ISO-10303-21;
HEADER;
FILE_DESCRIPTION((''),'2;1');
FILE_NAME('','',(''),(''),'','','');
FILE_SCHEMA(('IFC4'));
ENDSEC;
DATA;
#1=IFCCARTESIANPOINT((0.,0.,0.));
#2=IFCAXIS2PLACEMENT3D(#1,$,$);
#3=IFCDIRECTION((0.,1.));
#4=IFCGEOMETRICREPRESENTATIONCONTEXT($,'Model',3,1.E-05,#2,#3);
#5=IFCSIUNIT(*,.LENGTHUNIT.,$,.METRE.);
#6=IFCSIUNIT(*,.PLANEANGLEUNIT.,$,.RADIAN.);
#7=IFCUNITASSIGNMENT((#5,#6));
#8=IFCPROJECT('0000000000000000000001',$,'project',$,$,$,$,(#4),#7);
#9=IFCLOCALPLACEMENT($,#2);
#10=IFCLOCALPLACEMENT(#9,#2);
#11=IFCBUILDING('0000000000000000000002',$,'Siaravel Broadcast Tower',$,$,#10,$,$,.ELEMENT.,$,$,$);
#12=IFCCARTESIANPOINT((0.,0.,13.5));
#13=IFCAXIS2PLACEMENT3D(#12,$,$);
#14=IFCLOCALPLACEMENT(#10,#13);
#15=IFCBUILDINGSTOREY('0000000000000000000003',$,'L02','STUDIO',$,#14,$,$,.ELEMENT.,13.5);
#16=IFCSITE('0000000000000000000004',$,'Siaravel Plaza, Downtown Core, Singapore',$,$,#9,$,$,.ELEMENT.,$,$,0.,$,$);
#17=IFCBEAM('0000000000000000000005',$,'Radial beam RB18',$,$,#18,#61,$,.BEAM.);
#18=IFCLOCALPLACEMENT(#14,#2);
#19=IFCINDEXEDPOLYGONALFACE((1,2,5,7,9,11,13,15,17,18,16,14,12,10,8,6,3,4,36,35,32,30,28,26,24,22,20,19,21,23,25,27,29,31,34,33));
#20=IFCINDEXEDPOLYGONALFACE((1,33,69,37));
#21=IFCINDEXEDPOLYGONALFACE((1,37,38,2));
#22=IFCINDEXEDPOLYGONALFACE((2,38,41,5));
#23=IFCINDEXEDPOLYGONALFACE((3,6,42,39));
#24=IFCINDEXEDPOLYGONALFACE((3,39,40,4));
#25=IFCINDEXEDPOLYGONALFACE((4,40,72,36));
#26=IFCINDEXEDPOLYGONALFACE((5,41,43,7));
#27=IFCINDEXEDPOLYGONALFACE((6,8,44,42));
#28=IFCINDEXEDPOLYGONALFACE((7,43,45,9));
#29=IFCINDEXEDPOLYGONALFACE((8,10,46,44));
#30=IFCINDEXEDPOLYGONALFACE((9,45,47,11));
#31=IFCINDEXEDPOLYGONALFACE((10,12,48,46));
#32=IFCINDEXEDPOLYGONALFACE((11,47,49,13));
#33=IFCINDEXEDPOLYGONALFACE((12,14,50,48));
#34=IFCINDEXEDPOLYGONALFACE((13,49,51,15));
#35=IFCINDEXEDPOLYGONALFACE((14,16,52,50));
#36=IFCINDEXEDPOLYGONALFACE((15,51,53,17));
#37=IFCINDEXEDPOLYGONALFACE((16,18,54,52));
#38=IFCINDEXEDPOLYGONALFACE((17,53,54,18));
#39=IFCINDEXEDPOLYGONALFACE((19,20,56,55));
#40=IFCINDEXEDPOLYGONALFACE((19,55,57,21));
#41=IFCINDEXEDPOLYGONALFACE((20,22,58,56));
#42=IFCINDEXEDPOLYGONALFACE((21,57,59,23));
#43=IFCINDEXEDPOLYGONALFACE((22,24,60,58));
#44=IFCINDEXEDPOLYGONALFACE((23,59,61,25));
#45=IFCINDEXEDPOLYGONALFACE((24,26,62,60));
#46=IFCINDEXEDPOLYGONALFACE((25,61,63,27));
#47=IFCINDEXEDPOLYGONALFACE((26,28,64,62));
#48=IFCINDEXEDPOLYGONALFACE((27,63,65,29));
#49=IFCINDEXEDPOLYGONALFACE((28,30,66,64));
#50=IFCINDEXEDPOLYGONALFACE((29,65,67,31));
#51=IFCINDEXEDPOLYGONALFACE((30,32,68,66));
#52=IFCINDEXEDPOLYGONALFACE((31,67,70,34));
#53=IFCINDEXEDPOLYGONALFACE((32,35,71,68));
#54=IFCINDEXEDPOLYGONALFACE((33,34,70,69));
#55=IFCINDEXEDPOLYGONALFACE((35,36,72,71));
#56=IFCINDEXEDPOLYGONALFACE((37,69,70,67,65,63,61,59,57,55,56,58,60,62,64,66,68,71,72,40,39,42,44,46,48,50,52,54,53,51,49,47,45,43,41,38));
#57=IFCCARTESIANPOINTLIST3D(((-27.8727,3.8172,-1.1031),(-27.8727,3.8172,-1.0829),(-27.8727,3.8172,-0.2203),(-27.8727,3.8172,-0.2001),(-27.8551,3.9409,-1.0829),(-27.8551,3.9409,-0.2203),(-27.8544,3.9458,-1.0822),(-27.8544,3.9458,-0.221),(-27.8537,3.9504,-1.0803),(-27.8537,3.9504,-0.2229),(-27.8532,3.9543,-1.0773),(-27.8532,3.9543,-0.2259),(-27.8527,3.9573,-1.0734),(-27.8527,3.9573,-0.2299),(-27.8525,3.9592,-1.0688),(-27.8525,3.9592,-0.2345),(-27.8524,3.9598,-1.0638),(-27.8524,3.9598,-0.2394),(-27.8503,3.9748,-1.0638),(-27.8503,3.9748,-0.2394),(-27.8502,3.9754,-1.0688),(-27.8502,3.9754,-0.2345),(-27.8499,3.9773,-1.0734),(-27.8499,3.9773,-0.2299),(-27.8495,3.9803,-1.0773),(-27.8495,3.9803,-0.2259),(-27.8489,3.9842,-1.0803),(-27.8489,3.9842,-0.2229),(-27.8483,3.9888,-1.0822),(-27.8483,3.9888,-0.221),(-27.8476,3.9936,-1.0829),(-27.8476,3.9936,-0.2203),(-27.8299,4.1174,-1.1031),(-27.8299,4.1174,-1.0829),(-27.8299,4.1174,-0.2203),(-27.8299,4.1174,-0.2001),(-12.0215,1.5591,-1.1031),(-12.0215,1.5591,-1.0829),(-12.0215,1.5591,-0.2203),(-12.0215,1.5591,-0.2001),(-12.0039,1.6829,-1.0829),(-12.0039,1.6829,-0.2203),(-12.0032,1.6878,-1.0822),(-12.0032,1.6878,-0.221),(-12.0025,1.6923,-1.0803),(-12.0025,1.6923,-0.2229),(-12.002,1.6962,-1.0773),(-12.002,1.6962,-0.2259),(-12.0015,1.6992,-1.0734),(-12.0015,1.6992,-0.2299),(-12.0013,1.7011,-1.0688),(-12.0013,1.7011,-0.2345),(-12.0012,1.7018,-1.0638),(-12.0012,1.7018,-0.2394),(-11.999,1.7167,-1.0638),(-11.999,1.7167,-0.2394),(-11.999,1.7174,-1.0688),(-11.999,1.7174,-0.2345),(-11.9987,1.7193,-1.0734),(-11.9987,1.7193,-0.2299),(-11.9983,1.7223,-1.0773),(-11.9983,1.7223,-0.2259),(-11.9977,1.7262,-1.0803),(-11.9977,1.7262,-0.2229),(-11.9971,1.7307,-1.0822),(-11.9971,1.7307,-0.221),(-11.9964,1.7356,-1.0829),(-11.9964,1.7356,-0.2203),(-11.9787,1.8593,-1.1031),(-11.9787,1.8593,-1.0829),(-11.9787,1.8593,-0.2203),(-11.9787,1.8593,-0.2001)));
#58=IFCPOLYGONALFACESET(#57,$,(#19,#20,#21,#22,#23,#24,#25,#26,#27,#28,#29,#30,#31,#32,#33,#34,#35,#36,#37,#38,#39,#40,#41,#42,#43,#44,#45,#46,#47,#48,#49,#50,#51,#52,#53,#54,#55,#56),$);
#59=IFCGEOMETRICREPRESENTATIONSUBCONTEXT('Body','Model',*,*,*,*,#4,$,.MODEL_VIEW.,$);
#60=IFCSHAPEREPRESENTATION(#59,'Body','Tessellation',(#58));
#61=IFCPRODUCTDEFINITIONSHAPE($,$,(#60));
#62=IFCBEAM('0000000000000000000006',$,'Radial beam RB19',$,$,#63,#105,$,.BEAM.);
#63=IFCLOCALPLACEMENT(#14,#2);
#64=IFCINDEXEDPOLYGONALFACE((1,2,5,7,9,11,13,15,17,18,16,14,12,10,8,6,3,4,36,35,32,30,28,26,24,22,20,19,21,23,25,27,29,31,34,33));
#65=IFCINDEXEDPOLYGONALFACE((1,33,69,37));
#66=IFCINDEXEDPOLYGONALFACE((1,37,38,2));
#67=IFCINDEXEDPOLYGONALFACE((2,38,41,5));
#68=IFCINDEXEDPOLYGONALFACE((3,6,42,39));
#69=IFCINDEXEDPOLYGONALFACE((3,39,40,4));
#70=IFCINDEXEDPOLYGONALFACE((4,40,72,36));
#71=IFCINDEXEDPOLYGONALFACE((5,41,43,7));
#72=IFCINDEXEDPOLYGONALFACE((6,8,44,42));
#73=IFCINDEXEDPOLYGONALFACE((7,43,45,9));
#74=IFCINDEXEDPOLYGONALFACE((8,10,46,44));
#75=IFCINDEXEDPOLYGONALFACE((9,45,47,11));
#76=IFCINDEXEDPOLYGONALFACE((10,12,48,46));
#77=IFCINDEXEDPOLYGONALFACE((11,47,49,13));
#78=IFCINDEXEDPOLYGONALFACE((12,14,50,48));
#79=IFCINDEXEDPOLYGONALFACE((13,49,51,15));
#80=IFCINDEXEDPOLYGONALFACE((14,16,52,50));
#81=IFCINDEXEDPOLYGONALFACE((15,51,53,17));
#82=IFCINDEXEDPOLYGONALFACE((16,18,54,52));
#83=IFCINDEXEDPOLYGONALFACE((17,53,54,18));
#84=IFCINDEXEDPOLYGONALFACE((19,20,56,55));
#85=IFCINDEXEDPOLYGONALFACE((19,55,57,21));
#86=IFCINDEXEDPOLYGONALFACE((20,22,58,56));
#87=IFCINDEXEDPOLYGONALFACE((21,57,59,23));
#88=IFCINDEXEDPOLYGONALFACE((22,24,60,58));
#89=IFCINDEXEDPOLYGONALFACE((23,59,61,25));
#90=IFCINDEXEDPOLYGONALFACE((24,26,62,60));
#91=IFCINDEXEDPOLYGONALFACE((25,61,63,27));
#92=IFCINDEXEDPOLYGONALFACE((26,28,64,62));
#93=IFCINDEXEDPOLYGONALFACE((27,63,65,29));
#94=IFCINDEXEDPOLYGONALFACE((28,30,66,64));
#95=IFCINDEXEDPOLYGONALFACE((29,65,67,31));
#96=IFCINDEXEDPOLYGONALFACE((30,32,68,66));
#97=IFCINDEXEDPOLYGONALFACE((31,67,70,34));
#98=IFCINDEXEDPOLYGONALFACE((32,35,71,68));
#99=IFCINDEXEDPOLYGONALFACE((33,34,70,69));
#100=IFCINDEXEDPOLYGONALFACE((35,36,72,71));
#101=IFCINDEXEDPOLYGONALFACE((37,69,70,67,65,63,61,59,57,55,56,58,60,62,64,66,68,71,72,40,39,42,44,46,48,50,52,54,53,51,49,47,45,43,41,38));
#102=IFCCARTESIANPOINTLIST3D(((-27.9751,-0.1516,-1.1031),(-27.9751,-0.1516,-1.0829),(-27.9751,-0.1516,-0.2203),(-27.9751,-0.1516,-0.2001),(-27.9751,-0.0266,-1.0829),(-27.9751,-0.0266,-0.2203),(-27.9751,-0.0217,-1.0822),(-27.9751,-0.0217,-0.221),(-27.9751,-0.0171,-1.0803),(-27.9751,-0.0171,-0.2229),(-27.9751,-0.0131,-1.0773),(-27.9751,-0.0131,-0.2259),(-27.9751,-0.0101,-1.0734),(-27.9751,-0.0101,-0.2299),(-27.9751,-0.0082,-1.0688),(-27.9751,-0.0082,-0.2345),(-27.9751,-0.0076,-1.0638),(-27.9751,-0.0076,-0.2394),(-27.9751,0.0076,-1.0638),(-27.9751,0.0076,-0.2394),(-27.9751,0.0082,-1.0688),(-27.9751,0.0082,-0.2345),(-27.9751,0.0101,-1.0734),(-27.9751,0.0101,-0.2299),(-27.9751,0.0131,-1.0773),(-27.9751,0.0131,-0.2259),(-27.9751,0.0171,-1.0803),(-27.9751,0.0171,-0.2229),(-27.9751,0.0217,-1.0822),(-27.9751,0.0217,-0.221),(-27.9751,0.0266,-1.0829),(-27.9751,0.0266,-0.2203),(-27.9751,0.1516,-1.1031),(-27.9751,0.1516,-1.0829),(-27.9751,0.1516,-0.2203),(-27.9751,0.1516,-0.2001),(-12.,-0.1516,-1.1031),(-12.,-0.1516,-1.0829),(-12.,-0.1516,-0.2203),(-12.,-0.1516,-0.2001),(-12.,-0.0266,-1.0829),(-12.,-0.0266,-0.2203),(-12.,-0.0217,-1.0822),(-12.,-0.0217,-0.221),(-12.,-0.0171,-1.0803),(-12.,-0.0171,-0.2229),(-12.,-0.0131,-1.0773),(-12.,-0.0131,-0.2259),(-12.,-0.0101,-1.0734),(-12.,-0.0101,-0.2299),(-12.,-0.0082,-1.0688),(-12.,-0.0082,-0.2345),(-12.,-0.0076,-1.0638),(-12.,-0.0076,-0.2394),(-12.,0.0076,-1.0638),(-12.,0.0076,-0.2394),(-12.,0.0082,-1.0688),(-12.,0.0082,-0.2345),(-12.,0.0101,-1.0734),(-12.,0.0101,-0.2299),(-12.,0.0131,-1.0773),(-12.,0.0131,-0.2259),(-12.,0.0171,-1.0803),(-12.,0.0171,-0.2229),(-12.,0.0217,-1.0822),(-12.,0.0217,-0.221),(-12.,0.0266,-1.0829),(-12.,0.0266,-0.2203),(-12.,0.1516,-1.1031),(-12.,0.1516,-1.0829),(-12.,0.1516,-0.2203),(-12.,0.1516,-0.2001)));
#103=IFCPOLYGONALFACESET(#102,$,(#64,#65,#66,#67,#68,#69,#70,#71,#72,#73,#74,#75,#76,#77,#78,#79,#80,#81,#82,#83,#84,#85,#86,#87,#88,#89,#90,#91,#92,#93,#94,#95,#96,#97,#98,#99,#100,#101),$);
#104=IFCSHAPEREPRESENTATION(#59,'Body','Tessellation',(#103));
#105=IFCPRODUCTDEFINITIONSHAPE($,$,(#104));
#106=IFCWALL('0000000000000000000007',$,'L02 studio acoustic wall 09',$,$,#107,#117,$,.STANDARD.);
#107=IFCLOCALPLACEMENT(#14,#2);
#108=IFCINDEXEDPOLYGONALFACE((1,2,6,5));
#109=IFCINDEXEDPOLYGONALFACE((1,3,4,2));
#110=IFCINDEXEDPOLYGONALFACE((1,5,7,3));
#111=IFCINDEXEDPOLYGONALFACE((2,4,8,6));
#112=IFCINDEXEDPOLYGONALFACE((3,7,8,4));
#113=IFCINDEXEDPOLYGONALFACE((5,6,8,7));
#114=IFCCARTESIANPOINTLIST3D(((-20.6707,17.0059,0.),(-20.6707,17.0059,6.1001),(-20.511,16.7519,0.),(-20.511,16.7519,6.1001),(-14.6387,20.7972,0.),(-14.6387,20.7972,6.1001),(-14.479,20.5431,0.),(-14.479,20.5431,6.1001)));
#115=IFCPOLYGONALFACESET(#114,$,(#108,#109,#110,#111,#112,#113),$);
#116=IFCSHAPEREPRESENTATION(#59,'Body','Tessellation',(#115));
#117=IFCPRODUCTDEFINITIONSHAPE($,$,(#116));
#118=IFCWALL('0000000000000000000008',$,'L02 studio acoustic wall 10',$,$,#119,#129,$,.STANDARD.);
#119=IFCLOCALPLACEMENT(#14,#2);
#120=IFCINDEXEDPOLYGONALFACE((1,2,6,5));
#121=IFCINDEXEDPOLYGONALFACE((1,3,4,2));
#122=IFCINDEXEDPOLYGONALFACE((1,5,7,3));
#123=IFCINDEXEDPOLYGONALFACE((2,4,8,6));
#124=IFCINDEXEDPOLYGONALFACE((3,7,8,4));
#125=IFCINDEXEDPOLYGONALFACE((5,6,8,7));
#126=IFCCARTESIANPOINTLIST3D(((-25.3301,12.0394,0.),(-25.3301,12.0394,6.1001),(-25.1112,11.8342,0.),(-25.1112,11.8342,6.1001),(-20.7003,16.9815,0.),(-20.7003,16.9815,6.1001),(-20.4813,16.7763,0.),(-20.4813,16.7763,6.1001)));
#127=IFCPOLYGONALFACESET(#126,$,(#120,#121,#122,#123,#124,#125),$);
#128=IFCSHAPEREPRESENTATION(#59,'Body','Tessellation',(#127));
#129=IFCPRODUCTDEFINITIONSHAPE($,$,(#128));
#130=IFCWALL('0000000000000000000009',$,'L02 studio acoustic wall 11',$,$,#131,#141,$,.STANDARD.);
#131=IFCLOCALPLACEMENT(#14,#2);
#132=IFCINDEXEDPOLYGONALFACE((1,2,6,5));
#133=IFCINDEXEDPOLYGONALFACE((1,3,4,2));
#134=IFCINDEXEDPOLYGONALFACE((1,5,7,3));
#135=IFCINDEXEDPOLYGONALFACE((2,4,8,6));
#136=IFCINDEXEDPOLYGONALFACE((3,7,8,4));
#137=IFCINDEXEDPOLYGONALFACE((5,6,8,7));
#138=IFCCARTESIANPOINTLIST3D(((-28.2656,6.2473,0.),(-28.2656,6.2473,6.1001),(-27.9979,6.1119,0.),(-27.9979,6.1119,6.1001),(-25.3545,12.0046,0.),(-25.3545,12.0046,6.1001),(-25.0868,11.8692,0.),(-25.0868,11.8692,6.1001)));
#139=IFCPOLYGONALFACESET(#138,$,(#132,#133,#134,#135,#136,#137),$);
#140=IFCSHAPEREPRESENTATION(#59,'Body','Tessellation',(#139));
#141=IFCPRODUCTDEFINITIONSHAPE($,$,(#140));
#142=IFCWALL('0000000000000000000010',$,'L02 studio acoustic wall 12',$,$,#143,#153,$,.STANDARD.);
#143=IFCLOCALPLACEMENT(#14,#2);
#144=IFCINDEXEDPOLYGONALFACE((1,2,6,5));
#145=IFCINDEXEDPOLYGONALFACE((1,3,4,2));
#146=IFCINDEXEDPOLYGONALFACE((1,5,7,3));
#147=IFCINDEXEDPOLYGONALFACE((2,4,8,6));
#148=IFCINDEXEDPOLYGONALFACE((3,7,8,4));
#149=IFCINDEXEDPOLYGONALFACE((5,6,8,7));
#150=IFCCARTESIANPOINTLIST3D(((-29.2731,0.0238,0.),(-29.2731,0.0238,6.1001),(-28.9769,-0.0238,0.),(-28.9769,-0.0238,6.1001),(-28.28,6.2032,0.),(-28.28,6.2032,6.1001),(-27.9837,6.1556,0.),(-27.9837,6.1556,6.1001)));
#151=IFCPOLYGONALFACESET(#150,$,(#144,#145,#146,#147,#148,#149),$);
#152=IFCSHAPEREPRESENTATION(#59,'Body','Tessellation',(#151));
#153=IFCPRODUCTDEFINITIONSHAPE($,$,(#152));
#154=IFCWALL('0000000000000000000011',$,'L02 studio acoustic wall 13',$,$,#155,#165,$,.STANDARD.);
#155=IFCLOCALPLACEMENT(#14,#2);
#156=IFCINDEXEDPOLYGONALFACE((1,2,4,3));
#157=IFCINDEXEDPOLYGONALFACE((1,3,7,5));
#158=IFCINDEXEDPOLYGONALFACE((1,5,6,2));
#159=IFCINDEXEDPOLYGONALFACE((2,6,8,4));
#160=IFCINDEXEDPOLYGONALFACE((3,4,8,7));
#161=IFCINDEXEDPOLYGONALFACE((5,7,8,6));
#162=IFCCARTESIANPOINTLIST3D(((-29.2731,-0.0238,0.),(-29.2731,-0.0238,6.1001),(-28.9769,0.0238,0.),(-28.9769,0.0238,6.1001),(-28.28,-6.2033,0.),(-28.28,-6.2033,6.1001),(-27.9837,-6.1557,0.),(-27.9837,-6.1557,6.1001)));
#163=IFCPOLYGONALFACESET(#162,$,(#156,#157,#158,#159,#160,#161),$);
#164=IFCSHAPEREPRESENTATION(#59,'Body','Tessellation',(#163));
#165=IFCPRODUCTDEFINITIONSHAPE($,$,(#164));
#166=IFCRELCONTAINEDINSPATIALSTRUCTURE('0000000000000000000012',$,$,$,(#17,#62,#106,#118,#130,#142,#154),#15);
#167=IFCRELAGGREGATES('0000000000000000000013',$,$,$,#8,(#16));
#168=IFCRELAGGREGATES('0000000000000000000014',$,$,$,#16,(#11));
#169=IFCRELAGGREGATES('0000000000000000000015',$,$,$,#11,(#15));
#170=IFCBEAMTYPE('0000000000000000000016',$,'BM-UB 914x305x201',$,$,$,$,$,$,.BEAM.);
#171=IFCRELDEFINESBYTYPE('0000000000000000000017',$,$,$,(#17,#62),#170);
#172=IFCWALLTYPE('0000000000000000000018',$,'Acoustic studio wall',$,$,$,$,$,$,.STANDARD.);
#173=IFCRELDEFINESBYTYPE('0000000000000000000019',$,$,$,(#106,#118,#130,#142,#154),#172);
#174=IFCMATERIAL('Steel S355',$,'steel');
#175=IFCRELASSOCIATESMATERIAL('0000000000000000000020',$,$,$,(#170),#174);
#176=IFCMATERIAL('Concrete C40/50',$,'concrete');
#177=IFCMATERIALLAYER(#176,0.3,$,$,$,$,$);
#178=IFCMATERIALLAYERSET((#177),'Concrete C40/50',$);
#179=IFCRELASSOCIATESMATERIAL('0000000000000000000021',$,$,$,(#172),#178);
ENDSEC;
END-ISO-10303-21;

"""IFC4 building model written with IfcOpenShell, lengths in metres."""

from ifc_helpers import new_model, si_unit, direction, frame, frame_2d, origin, origin_2d, place, context, subcontext, project, spatial, rectangle, i_section, extrude, material, layer, layer_set, material_profile, profile_set, type_object, element, save


model = new_model("IFC4")

# Units and contexts
model_context = context("Model", 3, precision=1e-05, world=origin(), true_north=direction((0.0, 1.0)))
body_context = subcontext(model_context, "Body", "Model", "MODEL_VIEW")
ifc_project = project(units=[si_unit("LENGTHUNIT", "METRE"), si_unit("PLANEANGLEUNIT", "RADIAN")], contexts=[model_context])

# Site, building, storey
site_placement = place(None, origin())
site = spatial("IfcSite", under=ifc_project, at=site_placement, Name="Siaravel Plaza, Downtown Core, Singapore", CompositionType="ELEMENT", RefElevation=0.0)
building_placement = place(site_placement, origin())
building = spatial("IfcBuilding", under=site, at=building_placement, Name="Siaravel Broadcast Tower", CompositionType="ELEMENT")
storey_placement = place(building_placement, frame((0.0, 0.0, 13.5)))
storey = spatial("IfcBuildingStorey", under=building, at=storey_placement, Name="L02", Description="STUDIO", CompositionType="ELEMENT", Elevation=13.5)

# Beams
ifc_material_1 = material(Name="Steel S355", Category="steel")
ifc_material_profile_1 = material_profile(ifc_material_1, i_section(OverallWidth=0.3032, OverallDepth=0.9031, WebThickness=0.0151, FlangeThickness=0.0203, FilletRadius=0.019, at=origin_2d()))
ifc_profile_set_1 = profile_set([ifc_material_profile_1], Name="Steel S355")
beam_type = type_object("IfcBeamType", Name="BM-UB 914x305x201", PredefinedType="BEAM", material=ifc_profile_set_1)
beam_1_placement = place(storey_placement, frame((-27.8513, 3.9673, -0.6516), z_axis=(0.990006, -0.141029, 0.0), x_axis=(0.141029, 0.990006, 0.0)))
element("IfcBeam", 1, at=beam_1_placement, inside=storey, type_object=beam_type, Name="Radial beam RB18", PredefinedType="BEAM", context=body_context, shape_type="SweptSolid", body=[
    extrude(i_section(OverallWidth=0.3032, OverallDepth=0.9031, WebThickness=0.0151, FlangeThickness=0.0203, FilletRadius=0.019, at=origin_2d()), origin(), (0.0, 0.0, 1.0), 16.0112),
])
beam_2_placement = place(storey_placement, frame((-27.9751, 0.0, -0.6516), z_axis=(1.0, 0.0, 0.0), x_axis=(0.0, 1.0, 0.0)))
element("IfcBeam", 2, at=beam_2_placement, inside=storey, type_object=beam_type, Name="Radial beam RB19", PredefinedType="BEAM", context=body_context, shape_type="SweptSolid", body=[
    extrude(i_section(OverallWidth=0.3032, OverallDepth=0.9031, WebThickness=0.0151, FlangeThickness=0.0203, FilletRadius=0.019, at=origin_2d()), origin(), (0.0, 0.0, 1.0), 15.9751),
])

# Walls
ifc_material_2 = material(Name="Concrete C40/50", Category="concrete")
ifc_layer_1 = layer(ifc_material_2, 0.3)
ifc_layer_set_1 = layer_set([ifc_layer_1], Name="Concrete C40/50")
wall_type_1 = type_object("IfcWallType", Name="Acoustic studio wall", PredefinedType="STANDARD", material=ifc_layer_set_1)
wall_1_placement = place(storey_placement, frame((-14.5588, 20.6702, 0.0), z_axis=(0.0, 0.0, 1.0), x_axis=(-0.846654, -0.532144, 0.0)))
element("IfcWall", 3, at=wall_1_placement, inside=storey, type_object=wall_type_1, Name="L02 studio acoustic wall 09", PredefinedType="STANDARD", context=body_context, shape_type="SweptSolid", body=[
    extrude(rectangle(XDim=7.1245, YDim=0.3, at=frame_2d((3.5623, 0.0))), origin(), (0.0, 0.0, 1.0), 6.1001),
])
wall_2_placement = place(storey_placement, frame((-20.5908, 16.8789, 0.0), z_axis=(0.0, 0.0, 1.0), x_axis=(-0.683676, -0.729786, 0.0)))
element("IfcWall", 4, at=wall_2_placement, inside=storey, type_object=wall_type_1, Name="L02 studio acoustic wall 10", PredefinedType="STANDARD", context=body_context, shape_type="SweptSolid", body=[
    extrude(rectangle(XDim=6.772, YDim=0.3, at=frame_2d((3.386, 0.0))), origin(), (0.0, 0.0, 1.0), 6.1001),
])
wall_3_placement = place(storey_placement, frame((-25.2207, 11.9368, 0.0), z_axis=(0.0, 0.0, 1.0), x_axis=(-0.451236, -0.892405, 0.0)))
element("IfcWall", 5, at=wall_3_placement, inside=storey, type_object=wall_type_1, Name="L02 studio acoustic wall 11", PredefinedType="STANDARD", context=body_context, shape_type="SweptSolid", body=[
    extrude(rectangle(XDim=6.4514, YDim=0.3, at=frame_2d((3.2256, 0.0))), origin(), (0.0, 0.0, 1.0), 6.1001),
])
for number, where, z_axis, x_axis, name in (
    (6, (-28.1318, 6.1794, 0.0), (0.0, 0.0, 1.0), (-0.158684, -0.987329, 0.0), "L02 studio acoustic wall 12"),
    (7, (-29.125, 0.0, 0.0), (0.0, 0.0, 1.0), (0.158684, -0.987329, 0.0), "L02 studio acoustic wall 13"),
):
    element("IfcWall", number, at=place(storey_placement, frame(where, z_axis=z_axis, x_axis=x_axis)), inside=storey, type_object=wall_type_1, Name=name, PredefinedType="STANDARD", context=body_context, shape_type="SweptSolid", body=[
        extrude(rectangle(XDim=6.2588, YDim=0.3, at=frame_2d((3.1294, 0.0))), origin(), (0.0, 0.0, 1.0), 6.1001),
    ])

save(model, "model.ifc")
